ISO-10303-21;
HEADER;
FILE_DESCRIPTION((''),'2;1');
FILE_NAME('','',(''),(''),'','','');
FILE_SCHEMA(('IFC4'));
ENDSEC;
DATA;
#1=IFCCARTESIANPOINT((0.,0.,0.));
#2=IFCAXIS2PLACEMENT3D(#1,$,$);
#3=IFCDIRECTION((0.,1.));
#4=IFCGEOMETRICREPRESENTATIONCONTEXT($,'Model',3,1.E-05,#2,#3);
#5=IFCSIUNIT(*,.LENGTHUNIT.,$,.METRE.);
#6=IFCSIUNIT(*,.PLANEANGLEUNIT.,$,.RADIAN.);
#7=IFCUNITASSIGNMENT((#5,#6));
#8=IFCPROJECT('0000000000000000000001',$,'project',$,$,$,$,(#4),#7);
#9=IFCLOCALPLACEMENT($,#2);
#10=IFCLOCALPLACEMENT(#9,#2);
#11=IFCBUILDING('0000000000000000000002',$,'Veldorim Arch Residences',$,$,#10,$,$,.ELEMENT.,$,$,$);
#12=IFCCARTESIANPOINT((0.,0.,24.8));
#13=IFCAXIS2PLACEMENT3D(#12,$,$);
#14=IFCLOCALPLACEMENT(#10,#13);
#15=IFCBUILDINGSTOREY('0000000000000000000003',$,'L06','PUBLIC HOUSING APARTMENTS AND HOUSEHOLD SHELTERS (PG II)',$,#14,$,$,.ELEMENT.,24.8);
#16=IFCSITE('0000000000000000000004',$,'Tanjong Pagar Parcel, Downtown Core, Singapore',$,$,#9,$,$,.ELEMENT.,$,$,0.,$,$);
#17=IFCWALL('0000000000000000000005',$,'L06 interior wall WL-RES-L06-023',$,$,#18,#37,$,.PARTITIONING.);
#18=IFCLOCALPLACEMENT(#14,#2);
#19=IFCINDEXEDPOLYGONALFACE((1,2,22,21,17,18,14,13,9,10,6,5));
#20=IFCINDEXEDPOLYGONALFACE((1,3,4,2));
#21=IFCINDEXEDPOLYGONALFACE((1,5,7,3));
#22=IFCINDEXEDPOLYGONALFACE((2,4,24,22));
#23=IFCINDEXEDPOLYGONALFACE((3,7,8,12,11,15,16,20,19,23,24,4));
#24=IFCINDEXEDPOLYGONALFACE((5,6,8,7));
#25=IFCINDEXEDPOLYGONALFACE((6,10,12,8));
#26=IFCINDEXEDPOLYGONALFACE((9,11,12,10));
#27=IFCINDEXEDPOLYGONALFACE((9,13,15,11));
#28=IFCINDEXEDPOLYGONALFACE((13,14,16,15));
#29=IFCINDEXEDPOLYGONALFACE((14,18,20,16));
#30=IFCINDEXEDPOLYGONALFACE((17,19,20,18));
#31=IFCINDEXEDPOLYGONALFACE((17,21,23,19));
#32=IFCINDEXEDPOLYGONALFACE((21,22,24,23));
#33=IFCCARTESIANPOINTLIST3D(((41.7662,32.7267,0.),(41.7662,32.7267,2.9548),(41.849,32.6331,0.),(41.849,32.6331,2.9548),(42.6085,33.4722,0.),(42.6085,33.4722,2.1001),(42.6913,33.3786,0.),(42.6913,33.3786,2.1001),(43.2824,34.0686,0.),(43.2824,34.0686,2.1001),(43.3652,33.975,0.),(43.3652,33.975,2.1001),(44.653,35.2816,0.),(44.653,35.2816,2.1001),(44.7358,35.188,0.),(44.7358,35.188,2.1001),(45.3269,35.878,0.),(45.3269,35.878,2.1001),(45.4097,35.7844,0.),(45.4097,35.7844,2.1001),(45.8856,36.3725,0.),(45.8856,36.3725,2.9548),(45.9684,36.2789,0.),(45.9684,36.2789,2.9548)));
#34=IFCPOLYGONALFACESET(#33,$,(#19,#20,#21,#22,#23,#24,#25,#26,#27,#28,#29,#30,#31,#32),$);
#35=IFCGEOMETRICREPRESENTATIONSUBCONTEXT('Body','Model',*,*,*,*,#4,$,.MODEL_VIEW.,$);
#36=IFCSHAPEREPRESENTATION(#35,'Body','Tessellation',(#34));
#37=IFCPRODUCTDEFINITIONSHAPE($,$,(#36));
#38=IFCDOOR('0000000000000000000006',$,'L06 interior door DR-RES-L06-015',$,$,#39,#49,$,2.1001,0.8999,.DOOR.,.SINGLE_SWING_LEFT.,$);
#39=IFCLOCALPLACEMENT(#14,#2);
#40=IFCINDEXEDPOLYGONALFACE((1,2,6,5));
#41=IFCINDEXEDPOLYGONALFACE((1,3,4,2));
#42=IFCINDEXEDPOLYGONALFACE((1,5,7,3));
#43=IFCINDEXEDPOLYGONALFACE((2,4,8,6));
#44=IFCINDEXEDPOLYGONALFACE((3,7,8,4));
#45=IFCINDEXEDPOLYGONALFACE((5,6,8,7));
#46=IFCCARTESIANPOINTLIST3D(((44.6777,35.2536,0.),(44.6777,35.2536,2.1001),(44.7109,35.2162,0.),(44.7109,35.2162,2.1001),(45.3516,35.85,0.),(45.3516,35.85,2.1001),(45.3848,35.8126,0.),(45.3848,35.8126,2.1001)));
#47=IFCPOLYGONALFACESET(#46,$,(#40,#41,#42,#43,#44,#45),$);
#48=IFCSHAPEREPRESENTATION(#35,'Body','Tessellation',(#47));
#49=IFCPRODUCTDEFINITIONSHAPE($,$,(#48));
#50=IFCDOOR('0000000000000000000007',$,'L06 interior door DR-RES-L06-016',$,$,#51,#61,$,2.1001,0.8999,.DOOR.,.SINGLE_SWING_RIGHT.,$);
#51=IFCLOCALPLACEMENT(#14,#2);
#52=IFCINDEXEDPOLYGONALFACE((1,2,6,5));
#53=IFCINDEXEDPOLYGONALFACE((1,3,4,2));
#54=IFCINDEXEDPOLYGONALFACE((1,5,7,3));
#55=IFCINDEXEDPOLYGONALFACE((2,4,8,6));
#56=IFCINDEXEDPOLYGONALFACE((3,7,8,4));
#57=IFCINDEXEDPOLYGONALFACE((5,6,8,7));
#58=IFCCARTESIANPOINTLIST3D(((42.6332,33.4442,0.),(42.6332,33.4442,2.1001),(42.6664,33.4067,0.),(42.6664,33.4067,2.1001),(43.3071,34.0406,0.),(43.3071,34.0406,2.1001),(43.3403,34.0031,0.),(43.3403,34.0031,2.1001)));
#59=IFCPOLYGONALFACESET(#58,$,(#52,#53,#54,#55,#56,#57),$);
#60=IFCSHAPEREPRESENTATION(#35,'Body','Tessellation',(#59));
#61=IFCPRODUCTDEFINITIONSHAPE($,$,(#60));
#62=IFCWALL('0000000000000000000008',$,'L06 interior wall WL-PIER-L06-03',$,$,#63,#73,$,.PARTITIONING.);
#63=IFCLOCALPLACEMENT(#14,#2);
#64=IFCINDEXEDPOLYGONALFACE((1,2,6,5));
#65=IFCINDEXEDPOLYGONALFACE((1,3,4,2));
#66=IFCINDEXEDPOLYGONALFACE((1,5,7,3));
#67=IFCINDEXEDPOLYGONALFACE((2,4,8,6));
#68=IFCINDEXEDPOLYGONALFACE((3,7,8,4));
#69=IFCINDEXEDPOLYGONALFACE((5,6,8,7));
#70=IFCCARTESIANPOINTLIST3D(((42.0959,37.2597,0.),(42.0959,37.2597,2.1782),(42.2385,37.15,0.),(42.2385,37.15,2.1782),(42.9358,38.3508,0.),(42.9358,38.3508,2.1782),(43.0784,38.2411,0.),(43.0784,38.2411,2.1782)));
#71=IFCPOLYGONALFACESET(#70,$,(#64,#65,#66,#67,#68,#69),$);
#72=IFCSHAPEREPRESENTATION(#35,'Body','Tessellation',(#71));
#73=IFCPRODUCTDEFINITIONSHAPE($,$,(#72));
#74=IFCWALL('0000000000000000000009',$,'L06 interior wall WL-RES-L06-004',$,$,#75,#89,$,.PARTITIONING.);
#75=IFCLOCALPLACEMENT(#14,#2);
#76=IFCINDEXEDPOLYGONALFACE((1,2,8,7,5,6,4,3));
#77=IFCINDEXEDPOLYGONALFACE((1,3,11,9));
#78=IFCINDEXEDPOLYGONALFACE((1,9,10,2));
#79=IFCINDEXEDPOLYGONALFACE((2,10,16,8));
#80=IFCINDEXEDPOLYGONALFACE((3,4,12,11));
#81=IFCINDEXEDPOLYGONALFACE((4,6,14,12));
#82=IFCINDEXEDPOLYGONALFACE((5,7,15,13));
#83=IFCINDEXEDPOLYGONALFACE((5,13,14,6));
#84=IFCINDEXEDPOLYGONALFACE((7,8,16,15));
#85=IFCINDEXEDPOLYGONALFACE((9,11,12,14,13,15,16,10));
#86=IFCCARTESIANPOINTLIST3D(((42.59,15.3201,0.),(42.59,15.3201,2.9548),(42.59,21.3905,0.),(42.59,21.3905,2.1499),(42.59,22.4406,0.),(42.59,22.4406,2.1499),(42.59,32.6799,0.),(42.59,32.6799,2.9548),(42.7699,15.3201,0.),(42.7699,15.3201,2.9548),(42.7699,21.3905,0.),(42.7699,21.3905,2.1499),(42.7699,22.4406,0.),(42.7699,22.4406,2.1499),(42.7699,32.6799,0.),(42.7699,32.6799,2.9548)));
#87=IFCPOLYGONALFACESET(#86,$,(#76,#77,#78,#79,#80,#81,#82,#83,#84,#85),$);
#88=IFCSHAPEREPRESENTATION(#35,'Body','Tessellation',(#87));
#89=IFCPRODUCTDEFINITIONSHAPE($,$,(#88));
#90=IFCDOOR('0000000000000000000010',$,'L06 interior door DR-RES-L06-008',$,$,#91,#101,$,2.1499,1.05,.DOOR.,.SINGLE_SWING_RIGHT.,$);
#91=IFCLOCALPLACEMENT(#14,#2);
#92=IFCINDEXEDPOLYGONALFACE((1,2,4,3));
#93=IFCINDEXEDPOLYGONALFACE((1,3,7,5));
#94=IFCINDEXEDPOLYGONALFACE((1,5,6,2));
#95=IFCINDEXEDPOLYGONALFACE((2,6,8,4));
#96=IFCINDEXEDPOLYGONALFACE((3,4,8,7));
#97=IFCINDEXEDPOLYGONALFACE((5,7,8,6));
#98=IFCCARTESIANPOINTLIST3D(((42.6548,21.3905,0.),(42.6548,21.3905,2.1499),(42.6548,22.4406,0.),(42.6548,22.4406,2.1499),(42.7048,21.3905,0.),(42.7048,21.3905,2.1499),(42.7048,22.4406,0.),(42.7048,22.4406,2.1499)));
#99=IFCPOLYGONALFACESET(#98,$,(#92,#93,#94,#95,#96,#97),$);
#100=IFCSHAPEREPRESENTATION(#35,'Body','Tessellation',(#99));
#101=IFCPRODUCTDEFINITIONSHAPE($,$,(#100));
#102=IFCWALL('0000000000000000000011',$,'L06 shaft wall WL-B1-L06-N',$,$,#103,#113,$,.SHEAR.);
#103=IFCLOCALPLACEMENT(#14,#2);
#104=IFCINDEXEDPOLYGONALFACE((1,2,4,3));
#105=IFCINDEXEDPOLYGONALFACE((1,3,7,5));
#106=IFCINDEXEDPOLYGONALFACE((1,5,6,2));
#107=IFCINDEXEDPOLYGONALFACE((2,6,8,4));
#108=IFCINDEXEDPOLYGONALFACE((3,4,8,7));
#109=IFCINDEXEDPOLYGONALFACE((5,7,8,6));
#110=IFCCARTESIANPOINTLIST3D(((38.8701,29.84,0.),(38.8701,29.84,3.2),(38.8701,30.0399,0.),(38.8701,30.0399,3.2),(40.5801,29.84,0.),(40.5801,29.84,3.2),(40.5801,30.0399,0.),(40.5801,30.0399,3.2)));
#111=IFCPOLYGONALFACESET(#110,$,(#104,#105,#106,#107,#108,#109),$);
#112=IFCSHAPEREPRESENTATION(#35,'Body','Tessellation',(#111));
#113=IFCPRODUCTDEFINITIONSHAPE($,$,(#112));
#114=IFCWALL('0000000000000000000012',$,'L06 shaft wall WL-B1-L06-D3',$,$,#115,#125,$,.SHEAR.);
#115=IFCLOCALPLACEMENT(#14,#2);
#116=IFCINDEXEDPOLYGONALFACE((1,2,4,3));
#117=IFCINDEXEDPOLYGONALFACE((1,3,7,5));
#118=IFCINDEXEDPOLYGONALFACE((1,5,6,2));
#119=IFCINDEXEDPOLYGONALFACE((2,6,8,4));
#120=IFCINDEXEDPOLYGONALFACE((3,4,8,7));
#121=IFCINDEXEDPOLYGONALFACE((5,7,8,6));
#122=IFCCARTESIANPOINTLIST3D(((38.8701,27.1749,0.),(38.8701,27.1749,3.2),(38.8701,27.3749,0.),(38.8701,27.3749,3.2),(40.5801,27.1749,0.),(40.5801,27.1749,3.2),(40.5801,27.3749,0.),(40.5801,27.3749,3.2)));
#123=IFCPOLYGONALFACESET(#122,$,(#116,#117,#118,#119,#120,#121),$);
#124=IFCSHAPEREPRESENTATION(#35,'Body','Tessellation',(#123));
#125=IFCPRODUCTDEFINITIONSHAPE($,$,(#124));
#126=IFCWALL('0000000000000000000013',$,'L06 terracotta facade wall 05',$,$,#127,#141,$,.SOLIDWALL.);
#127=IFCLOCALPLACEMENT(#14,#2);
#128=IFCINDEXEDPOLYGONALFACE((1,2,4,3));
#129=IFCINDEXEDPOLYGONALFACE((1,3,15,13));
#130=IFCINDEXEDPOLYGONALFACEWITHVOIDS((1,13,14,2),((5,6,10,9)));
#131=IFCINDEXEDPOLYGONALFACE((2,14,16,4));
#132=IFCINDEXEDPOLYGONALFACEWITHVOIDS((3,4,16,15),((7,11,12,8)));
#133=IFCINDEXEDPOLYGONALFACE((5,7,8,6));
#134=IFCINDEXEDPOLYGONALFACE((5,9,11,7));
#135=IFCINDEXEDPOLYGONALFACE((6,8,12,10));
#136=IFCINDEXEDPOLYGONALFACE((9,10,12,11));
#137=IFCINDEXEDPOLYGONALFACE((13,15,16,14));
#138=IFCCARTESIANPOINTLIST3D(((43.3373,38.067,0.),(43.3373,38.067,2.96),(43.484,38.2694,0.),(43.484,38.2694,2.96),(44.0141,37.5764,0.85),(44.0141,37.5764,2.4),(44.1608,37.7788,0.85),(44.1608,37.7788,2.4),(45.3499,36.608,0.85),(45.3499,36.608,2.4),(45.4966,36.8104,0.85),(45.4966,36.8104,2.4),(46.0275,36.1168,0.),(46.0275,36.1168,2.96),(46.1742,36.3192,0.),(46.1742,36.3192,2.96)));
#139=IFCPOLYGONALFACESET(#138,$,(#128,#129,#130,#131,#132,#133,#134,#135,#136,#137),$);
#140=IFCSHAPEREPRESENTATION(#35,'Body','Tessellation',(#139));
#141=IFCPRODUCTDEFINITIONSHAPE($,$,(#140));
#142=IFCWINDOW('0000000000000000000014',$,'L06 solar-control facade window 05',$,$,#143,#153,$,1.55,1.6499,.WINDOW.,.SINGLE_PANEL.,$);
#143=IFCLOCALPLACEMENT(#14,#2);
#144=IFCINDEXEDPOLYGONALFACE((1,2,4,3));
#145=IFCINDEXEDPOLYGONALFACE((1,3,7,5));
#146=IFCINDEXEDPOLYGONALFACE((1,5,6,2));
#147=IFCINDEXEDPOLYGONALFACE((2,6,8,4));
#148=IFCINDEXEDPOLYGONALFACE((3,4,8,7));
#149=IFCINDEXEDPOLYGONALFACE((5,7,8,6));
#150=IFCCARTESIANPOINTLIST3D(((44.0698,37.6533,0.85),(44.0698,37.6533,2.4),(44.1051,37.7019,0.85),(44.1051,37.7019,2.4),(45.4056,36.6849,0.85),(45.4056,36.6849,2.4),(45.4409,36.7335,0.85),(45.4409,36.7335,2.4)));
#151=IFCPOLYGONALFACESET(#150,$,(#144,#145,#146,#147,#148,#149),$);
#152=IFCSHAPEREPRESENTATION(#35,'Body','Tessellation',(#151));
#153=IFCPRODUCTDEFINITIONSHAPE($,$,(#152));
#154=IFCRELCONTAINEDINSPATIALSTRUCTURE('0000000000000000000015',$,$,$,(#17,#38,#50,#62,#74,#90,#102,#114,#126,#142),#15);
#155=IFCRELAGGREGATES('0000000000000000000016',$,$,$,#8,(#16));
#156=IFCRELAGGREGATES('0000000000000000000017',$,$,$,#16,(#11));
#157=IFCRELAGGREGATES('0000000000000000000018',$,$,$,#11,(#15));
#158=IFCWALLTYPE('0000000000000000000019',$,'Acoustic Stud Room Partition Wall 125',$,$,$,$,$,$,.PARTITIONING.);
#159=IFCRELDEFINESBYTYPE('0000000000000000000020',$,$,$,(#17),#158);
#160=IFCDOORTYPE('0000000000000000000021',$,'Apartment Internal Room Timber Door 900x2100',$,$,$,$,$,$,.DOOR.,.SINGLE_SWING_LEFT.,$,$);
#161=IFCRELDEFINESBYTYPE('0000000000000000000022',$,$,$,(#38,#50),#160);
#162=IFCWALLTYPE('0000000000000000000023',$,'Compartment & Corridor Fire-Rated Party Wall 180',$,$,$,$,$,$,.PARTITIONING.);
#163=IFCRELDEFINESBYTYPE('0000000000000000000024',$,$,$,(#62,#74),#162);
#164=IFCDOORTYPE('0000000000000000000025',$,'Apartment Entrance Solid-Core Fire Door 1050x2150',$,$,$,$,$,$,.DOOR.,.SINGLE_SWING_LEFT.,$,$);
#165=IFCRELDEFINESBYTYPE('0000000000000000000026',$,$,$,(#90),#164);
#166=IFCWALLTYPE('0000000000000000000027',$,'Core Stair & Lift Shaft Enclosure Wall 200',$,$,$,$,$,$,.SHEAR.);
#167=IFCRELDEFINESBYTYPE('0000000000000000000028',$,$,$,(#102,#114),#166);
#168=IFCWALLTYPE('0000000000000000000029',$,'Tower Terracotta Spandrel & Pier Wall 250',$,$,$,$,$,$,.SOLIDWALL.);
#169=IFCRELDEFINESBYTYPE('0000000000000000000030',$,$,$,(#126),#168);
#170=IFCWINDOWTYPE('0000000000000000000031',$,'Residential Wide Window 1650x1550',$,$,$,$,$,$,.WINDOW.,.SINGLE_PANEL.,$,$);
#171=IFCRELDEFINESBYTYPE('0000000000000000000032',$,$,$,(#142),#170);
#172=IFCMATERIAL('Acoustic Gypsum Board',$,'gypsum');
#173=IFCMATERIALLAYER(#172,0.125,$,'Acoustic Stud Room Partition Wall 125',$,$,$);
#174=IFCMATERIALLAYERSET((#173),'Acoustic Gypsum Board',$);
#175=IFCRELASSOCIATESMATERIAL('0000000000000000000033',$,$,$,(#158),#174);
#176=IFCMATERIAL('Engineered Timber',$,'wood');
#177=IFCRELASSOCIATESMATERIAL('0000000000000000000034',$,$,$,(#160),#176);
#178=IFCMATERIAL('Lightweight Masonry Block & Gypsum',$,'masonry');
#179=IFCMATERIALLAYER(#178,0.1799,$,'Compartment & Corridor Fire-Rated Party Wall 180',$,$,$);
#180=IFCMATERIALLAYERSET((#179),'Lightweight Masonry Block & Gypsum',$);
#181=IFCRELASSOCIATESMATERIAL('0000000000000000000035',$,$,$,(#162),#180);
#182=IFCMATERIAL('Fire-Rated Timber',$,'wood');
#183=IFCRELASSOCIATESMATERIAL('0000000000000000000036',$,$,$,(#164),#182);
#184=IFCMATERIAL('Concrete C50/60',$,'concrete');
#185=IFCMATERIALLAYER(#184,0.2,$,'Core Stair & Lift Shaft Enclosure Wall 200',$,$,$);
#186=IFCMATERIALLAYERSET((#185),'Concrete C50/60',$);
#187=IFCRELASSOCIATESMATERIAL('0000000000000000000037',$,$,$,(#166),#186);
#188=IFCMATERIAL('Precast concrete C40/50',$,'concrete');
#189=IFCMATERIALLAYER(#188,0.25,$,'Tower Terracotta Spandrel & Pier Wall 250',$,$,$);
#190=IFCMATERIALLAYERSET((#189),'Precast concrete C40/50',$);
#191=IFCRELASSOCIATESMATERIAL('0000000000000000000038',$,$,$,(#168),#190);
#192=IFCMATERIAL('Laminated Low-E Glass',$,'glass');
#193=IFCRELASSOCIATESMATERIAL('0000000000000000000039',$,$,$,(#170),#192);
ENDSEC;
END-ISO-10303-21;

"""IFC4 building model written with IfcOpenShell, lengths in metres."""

from ifc_helpers import new_model, si_unit, direction, frame, frame_2d, origin, place, context, subcontext, project, spatial, rectangle, extrude, material, layer, layer_set, type_object, element, fill, save


model = new_model("IFC4")

# Units and contexts
model_context = context("Model", 3, precision=1e-05, world=origin(), true_north=direction((0.0, 1.0)))
body_context = subcontext(model_context, "Body", "Model", "MODEL_VIEW")
ifc_project = project(units=[si_unit("LENGTHUNIT", "METRE"), si_unit("PLANEANGLEUNIT", "RADIAN")], contexts=[model_context])

# Site, building, storey
site_placement = place(None, origin())
site = spatial("IfcSite", under=ifc_project, at=site_placement, Name="Tanjong Pagar Parcel, Downtown Core, Singapore", CompositionType="ELEMENT", RefElevation=0.0)
building_placement = place(site_placement, origin())
building = spatial("IfcBuilding", under=site, at=building_placement, Name="Veldorim Arch Residences", CompositionType="ELEMENT")
storey_placement = place(building_placement, frame((0.0, 0.0, 24.8)))
storey = spatial("IfcBuildingStorey", under=building, at=storey_placement, Name="L06", Description="PUBLIC HOUSING APARTMENTS AND HOUSEHOLD SHELTERS (PG II)", CompositionType="ELEMENT", Elevation=24.8)

# Wall, openings, doors
ifc_material_1 = material(Name="Acoustic Gypsum Board", Category="gypsum")
ifc_layer_1 = layer(ifc_material_1, 0.125, Name="Acoustic Stud Room Partition Wall 125")
ifc_layer_set_1 = layer_set([ifc_layer_1], Name="Acoustic Gypsum Board")
wall_type_1 = type_object("IfcWallType", Name="Acoustic Stud Room Partition Wall 125", PredefinedType="PARTITIONING", material=ifc_layer_set_1)
wall_1_placement = place(storey_placement, frame((45.927, 36.3257, 0.0), z_axis=(0.0, 0.0, 1.0), x_axis=(-0.748845, -0.662745, 0.0)))
wall_1 = element("IfcWall", 1, at=wall_1_placement, inside=storey, type_object=wall_type_1, Name="L06 interior wall WL-RES-L06-023", PredefinedType="PARTITIONING", context=body_context, shape_type="SweptSolid", body=[
    extrude(rectangle(XDim=5.501, YDim=0.125, at=frame_2d((2.7505, 0.0))), origin(), (0.0, 0.0, 1.0), 2.9548),
])
opening_1_placement = place(wall_1_placement, frame((0.7461, 0.0, 0.0)))
opening_1 = element("IfcOpeningElement", 2, at=opening_1_placement, cuts=wall_1, PredefinedType="OPENING", context=body_context, shape_type="SweptSolid", body=[
    extrude(rectangle(XDim=0.8999, YDim=2.1001, at=frame_2d((0.45, 1.05))), frame((0.0, 0.0725, 0.0), z_axis=(0.0, -1.0, 0.0), x_axis=(1.0, 0.0, 0.0)), (0.0, 0.0, 1.0), 0.145),
])
opening_2_placement = place(wall_1_placement, frame((3.4763, 0.0, 0.0)))
opening_2 = element("IfcOpeningElement", 3, at=opening_2_placement, cuts=wall_1, PredefinedType="OPENING", context=body_context, shape_type="SweptSolid", body=[
    extrude(rectangle(XDim=0.8999, YDim=2.1001, at=frame_2d((0.45, 1.05))), frame((0.0, 0.0725, 0.0), z_axis=(0.0, -1.0, 0.0), x_axis=(1.0, 0.0, 0.0)), (0.0, 0.0, 1.0), 0.145),
])
ifc_material_2 = material(Name="Engineered Timber", Category="wood")
door_type_1 = type_object("IfcDoorType", Name="Apartment Internal Room Timber Door 900x2100", OperationType="SINGLE_SWING_LEFT", PredefinedType="DOOR", material=ifc_material_2)
door_1_placement = place(opening_1_placement, origin())
door_1 = element("IfcDoor", 4, at=door_1_placement, inside=storey, type_object=door_type_1, Name="L06 interior door DR-RES-L06-015", OperationType="SINGLE_SWING_LEFT", OverallHeight=2.1001, OverallWidth=0.8999, PredefinedType="DOOR", context=body_context, shape_type="SweptSolid", body=[
    extrude(rectangle(XDim=0.8999, YDim=2.1001, at=frame_2d((0.45, 1.05))), frame((0.0, 0.0249, 0.0), z_axis=(0.0, -1.0, 0.0), x_axis=(1.0, 0.0, 0.0)), (0.0, 0.0, 1.0), 0.05),
])
fill(opening_1, door_1)
door_2_placement = place(opening_2_placement, origin())
door_2 = element("IfcDoor", 5, at=door_2_placement, inside=storey, type_object=door_type_1, Name="L06 interior door DR-RES-L06-016", OperationType="SINGLE_SWING_RIGHT", OverallHeight=2.1001, OverallWidth=0.8999, PredefinedType="DOOR", context=body_context, shape_type="SweptSolid", body=[
    extrude(rectangle(XDim=0.8999, YDim=2.1001, at=frame_2d((0.45, 1.05))), frame((0.0, 0.0249, 0.0), z_axis=(0.0, -1.0, 0.0), x_axis=(1.0, 0.0, 0.0)), (0.0, 0.0, 1.0), 0.05),
])
fill(opening_2, door_2)

# Wall
ifc_material_3 = material(Name="Lightweight Masonry Block & Gypsum", Category="masonry")
ifc_layer_2 = layer(ifc_material_3, 0.1799, Name="Compartment & Corridor Fire-Rated Party Wall 180")
ifc_layer_set_2 = layer_set([ifc_layer_2], Name="Lightweight Masonry Block & Gypsum")
wall_type_2 = type_object("IfcWallType", Name="Compartment & Corridor Fire-Rated Party Wall 180", PredefinedType="PARTITIONING", material=ifc_layer_set_2)
wall_2_placement = place(storey_placement, frame((42.1672, 37.2048, 0.0), z_axis=(0.0, 0.0, 1.0), x_axis=(0.609968, 0.792426, 0.0)))
element("IfcWall", 6, at=wall_2_placement, inside=storey, type_object=wall_type_2, Name="L06 interior wall WL-PIER-L06-03", PredefinedType="PARTITIONING", context=body_context, shape_type="SweptSolid", body=[
    extrude(rectangle(XDim=1.377, YDim=0.1799, at=frame_2d((0.6885, 0.0))), origin(), (0.0, 0.0, 1.0), 2.1782),
])

# Wall, opening, door
wall_3_placement = place(storey_placement, frame((42.6799, 32.6799, 0.0), z_axis=(0.0, 0.0, 1.0), x_axis=(0.0, -1.0, 0.0)))
wall_3 = element("IfcWall", 7, at=wall_3_placement, inside=storey, type_object=wall_type_2, Name="L06 interior wall WL-RES-L06-004", PredefinedType="PARTITIONING", context=body_context, shape_type="SweptSolid", body=[
    extrude(rectangle(XDim=17.3599, YDim=0.1799, at=frame_2d((8.6799, 0.0))), origin(), (0.0, 0.0, 1.0), 2.9548),
])
opening_3_placement = place(wall_3_placement, frame((10.2395, 0.0, 0.0)))
opening_3 = element("IfcOpeningElement", 8, at=opening_3_placement, cuts=wall_3, PredefinedType="OPENING", context=body_context, shape_type="SweptSolid", body=[
    extrude(rectangle(XDim=1.05, YDim=2.1499, at=frame_2d((0.5249, 1.075))), frame((0.0, 0.0999, 0.0), z_axis=(0.0, -1.0, 0.0), x_axis=(1.0, 0.0, 0.0)), (0.0, 0.0, 1.0), 0.2),
])
ifc_material_4 = material(Name="Fire-Rated Timber", Category="wood")
door_type_2 = type_object("IfcDoorType", Name="Apartment Entrance Solid-Core Fire Door 1050x2150", OperationType="SINGLE_SWING_LEFT", PredefinedType="DOOR", material=ifc_material_4)
door_3_placement = place(opening_3_placement, origin())
door_3 = element("IfcDoor", 9, at=door_3_placement, inside=storey, type_object=door_type_2, Name="L06 interior door DR-RES-L06-008", OperationType="SINGLE_SWING_RIGHT", OverallHeight=2.1499, OverallWidth=1.05, PredefinedType="DOOR", context=body_context, shape_type="SweptSolid", body=[
    extrude(rectangle(XDim=1.05, YDim=2.1499, at=frame_2d((0.5249, 1.075))), frame((0.0, 0.0249, 0.0), z_axis=(0.0, -1.0, 0.0), x_axis=(1.0, 0.0, 0.0)), (0.0, 0.0, 1.0), 0.05),
])
fill(opening_3, door_3)

# Walls
ifc_material_5 = material(Name="Concrete C50/60", Category="concrete")
ifc_layer_3 = layer(ifc_material_5, 0.2, Name="Core Stair & Lift Shaft Enclosure Wall 200")
ifc_layer_set_3 = layer_set([ifc_layer_3], Name="Concrete C50/60")
wall_type_3 = type_object("IfcWallType", Name="Core Stair & Lift Shaft Enclosure Wall 200", PredefinedType="SHEAR", material=ifc_layer_set_3)
for number, where, z_axis, x_axis, name in (
    (10, (38.8701, 29.9399, 0.0), (0.0, 0.0, 1.0), (1.0, 0.0, 0.0), "L06 shaft wall WL-B1-L06-N"),
    (11, (38.8701, 27.2749, 0.0), (0.0, 0.0, 1.0), (1.0, 0.0, 0.0), "L06 shaft wall WL-B1-L06-D3"),
):
    element("IfcWall", number, at=place(storey_placement, frame(where, z_axis=z_axis, x_axis=x_axis)), inside=storey, type_object=wall_type_3, Name=name, PredefinedType="SHEAR", context=body_context, shape_type="SweptSolid", body=[
        extrude(rectangle(XDim=1.71, YDim=0.2, at=frame_2d((0.855, 0.0))), origin(), (0.0, 0.0, 1.0), 3.2),
    ])

# Wall, opening, window
ifc_material_6 = material(Name="Precast concrete C40/50", Category="concrete")
ifc_layer_4 = layer(ifc_material_6, 0.25, Name="Tower Terracotta Spandrel & Pier Wall 250")
ifc_layer_set_4 = layer_set([ifc_layer_4], Name="Precast concrete C40/50")
wall_type_4 = type_object("IfcWallType", Name="Tower Terracotta Spandrel & Pier Wall 250", PredefinedType="SOLIDWALL", material=ifc_layer_set_4)
wall_4_placement = place(storey_placement, frame((43.4106, 38.1682, 0.0), z_axis=(0.0, 0.0, 1.0), x_axis=(0.809638, -0.58693, 0.0)))
wall_4 = element("IfcWall", 12, at=wall_4_placement, inside=storey, type_object=wall_type_4, Name="L06 terracotta facade wall 05", PredefinedType="SOLIDWALL", context=body_context, shape_type="SweptSolid", body=[
    extrude(rectangle(XDim=3.3228, YDim=0.25, at=frame_2d((1.6614, 0.0))), origin(), (0.0, 0.0, 1.0), 2.96),
])
opening_4_placement = place(wall_4_placement, frame((0.8359, 0.0, 0.8501)))
opening_4 = element("IfcOpeningElement", 13, at=opening_4_placement, cuts=wall_4, PredefinedType="OPENING", context=body_context, shape_type="SweptSolid", body=[
    extrude(rectangle(XDim=1.6499, YDim=1.55, at=frame_2d((0.825, 0.7749))), frame((0.0, 0.135, 0.0), z_axis=(0.0, -1.0, 0.0), x_axis=(1.0, 0.0, 0.0)), (0.0, 0.0, 1.0), 0.27),
])
ifc_material_7 = material(Name="Laminated Low-E Glass", Category="glass")
window_type_1 = type_object("IfcWindowType", Name="Residential Wide Window 1650x1550", PartitioningType="SINGLE_PANEL", PredefinedType="WINDOW", material=ifc_material_7)
window_1_placement = place(opening_4_placement, origin())
window_1 = element("IfcWindow", 14, at=window_1_placement, inside=storey, type_object=window_type_1, Name="L06 solar-control facade window 05", OverallHeight=1.55, OverallWidth=1.6499, PartitioningType="SINGLE_PANEL", PredefinedType="WINDOW", context=body_context, shape_type="SweptSolid", body=[
    extrude(rectangle(XDim=1.6499, YDim=1.55, at=frame_2d((0.825, 0.7749))), frame((0.0, 0.03, 0.0), z_axis=(0.0, -1.0, 0.0), x_axis=(1.0, 0.0, 0.0)), (0.0, 0.0, 1.0), 0.0601),
])
fill(opening_4, window_1)

save(model, "model.ifc")
